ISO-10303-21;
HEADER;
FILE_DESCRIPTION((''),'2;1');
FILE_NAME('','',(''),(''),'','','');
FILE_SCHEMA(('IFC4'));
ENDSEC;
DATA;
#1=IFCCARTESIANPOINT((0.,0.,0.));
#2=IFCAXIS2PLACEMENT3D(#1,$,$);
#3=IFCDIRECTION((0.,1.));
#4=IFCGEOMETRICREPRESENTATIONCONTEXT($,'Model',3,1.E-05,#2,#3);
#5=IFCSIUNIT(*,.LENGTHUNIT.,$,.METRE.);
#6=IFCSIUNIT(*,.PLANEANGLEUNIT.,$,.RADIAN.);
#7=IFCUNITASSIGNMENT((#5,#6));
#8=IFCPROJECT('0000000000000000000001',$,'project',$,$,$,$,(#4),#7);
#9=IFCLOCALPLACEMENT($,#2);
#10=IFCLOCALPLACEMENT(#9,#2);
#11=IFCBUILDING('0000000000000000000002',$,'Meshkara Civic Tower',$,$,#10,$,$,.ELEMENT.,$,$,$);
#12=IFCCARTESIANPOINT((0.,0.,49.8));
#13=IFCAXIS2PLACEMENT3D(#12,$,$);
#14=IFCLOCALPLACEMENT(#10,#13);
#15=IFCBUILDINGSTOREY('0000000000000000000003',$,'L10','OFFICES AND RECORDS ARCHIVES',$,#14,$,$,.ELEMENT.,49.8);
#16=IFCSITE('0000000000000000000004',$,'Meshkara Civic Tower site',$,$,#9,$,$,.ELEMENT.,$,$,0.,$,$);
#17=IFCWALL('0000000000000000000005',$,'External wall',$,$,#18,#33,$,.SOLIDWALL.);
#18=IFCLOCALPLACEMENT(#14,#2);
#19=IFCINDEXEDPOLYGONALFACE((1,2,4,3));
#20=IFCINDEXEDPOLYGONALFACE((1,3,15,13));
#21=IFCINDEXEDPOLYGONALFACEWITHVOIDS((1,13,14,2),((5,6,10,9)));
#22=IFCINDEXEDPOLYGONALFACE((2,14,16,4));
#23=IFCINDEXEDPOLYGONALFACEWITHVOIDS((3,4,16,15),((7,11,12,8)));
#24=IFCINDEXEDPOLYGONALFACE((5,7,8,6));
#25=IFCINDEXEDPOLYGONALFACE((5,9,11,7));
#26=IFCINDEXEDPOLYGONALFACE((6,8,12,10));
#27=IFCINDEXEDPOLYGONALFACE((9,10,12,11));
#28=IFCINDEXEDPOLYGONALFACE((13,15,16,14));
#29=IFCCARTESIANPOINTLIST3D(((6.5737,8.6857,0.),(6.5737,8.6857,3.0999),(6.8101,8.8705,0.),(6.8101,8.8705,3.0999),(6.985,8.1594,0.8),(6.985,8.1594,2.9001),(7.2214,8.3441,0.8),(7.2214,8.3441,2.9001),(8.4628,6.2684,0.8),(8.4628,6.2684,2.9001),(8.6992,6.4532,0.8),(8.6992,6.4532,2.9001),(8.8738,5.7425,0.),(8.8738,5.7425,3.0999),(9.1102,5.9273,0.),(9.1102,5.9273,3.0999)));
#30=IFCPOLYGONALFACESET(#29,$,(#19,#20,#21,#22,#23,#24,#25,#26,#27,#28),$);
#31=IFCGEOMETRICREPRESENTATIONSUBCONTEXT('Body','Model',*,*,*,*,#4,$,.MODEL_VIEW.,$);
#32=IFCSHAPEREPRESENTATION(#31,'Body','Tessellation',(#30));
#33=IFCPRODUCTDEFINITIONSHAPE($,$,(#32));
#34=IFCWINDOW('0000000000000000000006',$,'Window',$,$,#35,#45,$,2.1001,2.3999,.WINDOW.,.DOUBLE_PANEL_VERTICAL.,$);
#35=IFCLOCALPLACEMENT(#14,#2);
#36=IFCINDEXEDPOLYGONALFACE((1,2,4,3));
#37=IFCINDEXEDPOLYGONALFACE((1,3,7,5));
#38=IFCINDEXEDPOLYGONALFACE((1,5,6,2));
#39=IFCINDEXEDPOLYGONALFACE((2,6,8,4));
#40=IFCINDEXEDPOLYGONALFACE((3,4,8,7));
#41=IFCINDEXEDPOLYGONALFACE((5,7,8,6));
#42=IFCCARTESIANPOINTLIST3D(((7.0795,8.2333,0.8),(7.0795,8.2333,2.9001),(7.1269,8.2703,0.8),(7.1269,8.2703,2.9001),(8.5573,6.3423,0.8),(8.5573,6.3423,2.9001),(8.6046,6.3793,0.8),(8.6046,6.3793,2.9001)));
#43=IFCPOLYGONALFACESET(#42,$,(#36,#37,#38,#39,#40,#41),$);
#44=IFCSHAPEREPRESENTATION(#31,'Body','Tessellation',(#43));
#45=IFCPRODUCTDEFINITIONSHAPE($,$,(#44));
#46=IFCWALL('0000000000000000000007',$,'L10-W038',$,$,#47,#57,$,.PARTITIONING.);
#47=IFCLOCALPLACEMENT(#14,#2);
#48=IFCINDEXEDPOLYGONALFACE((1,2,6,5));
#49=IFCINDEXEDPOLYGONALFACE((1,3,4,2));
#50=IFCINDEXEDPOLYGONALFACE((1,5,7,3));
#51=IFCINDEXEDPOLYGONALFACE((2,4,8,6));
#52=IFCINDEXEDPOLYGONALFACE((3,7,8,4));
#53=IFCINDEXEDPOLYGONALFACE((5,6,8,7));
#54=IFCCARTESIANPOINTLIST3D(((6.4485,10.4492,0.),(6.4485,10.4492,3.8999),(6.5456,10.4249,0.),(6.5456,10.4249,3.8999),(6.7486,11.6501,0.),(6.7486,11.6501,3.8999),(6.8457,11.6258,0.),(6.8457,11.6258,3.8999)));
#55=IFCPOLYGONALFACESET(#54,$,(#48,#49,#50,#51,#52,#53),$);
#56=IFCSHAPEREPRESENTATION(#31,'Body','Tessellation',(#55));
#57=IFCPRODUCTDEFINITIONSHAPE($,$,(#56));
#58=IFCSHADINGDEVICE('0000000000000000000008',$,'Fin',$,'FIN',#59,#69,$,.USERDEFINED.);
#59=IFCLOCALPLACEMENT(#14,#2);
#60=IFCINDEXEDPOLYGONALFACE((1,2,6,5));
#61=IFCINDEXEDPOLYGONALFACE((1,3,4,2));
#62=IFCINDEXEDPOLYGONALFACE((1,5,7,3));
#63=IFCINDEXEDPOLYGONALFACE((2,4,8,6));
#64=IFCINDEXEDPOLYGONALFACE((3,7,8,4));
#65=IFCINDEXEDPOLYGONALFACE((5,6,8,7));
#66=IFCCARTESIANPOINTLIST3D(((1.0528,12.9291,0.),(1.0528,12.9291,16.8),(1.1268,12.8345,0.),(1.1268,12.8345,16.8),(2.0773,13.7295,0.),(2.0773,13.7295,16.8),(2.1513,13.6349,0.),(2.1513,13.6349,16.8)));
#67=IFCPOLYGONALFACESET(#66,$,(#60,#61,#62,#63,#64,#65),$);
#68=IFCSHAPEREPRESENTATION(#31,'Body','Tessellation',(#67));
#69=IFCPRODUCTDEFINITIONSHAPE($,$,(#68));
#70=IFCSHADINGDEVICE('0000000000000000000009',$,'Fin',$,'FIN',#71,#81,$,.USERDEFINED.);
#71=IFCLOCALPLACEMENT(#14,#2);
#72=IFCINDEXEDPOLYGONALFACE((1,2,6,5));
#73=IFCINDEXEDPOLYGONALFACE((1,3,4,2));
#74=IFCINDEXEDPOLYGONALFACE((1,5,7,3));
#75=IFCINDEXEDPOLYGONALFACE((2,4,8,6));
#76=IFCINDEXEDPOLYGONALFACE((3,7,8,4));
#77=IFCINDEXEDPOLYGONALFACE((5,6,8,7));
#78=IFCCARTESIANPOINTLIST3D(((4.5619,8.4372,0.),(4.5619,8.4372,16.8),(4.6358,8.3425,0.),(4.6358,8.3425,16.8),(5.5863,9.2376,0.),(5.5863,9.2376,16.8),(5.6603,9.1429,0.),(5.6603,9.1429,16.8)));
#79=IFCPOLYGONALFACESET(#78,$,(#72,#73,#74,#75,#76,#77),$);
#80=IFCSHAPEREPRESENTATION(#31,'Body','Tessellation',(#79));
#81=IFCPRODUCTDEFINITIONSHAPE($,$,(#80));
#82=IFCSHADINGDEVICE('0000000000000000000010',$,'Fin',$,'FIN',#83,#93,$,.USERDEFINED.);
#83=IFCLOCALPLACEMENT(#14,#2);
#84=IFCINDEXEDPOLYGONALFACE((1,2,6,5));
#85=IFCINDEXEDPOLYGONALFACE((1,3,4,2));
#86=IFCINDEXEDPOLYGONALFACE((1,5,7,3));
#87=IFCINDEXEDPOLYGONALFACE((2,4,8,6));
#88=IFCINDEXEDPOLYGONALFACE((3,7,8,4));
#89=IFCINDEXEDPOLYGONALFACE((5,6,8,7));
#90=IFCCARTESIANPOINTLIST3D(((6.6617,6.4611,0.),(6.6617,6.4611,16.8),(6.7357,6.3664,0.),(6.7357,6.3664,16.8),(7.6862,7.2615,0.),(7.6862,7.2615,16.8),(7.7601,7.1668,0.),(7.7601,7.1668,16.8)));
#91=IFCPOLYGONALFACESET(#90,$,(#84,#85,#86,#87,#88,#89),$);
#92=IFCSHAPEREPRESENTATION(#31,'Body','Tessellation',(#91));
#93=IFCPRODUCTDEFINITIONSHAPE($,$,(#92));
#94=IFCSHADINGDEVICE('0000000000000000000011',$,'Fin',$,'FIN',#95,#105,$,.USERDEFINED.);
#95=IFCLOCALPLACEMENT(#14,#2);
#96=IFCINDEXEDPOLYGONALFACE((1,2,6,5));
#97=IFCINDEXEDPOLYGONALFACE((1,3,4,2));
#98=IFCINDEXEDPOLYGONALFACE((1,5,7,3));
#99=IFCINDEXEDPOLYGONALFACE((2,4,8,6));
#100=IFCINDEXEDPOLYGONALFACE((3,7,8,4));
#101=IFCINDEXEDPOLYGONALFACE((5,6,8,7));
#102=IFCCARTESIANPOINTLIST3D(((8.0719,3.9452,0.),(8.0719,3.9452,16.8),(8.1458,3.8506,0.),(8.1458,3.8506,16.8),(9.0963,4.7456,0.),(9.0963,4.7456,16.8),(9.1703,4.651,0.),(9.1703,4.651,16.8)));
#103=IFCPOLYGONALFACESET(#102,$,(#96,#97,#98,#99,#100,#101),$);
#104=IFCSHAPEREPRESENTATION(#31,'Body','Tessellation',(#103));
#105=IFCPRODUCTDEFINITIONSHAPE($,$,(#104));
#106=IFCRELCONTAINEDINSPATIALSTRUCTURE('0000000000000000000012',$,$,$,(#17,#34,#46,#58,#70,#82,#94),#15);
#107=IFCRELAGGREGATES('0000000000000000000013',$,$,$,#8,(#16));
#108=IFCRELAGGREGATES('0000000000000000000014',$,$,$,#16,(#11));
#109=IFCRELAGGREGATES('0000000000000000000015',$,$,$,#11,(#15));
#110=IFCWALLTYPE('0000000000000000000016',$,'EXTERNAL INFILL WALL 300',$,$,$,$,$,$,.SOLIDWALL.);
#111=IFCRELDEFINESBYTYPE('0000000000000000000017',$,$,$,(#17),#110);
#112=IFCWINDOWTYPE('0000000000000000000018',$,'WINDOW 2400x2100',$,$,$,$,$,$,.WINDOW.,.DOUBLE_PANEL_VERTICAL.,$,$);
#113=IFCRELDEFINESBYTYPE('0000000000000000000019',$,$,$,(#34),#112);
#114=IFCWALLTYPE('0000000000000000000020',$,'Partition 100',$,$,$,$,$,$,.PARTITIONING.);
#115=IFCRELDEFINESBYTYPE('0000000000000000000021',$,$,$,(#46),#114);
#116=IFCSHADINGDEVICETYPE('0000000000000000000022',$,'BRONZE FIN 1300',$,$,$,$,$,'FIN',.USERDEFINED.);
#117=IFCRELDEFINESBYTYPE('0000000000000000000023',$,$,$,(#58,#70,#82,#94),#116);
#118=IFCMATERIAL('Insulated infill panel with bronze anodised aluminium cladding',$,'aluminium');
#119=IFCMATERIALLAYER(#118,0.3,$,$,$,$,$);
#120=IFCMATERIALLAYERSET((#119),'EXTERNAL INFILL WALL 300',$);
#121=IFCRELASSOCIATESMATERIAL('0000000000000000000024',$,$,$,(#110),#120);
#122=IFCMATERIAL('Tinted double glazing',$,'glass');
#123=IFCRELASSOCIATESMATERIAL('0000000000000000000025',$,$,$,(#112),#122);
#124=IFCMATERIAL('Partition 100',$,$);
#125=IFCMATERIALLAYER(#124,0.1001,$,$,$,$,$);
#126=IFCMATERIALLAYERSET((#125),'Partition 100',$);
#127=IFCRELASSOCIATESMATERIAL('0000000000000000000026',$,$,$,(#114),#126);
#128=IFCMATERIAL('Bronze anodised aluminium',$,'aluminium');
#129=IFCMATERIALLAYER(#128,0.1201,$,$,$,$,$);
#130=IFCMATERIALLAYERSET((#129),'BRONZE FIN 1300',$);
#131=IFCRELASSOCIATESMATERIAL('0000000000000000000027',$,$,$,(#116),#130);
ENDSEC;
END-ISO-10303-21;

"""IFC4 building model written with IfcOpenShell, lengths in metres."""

from ifc_helpers import new_model, si_unit, direction, frame, frame_2d, origin, origin_2d, place, context, subcontext, project, spatial, rectangle, extrude, material, layer, layer_set, type_object, element, fill, save


model = new_model("IFC4")

# Units and contexts
model_context = context("Model", 3, precision=1e-05, world=origin(), true_north=direction((0.0, 1.0)))
body_context = subcontext(model_context, "Body", "Model", "MODEL_VIEW")
ifc_project = project(units=[si_unit("LENGTHUNIT", "METRE"), si_unit("PLANEANGLEUNIT", "RADIAN")], contexts=[model_context])

# Site, building, storey
site_placement = place(None, origin())
site = spatial("IfcSite", under=ifc_project, at=site_placement, Name="Meshkara Civic Tower site", CompositionType="ELEMENT", RefElevation=0.0)
building_placement = place(site_placement, origin())
building = spatial("IfcBuilding", under=site, at=building_placement, Name="Meshkara Civic Tower", CompositionType="ELEMENT")
storey_placement = place(building_placement, frame((0.0, 0.0, 49.8)))
storey = spatial("IfcBuildingStorey", under=building, at=storey_placement, Name="L10", Description="OFFICES AND RECORDS ARCHIVES", CompositionType="ELEMENT", Elevation=49.8)

# Wall, opening, window
ifc_material_1 = material(Name="Insulated infill panel with bronze anodised aluminium cladding", Category="aluminium")
ifc_layer_1 = layer(ifc_material_1, 0.3)
ifc_layer_set_1 = layer_set([ifc_layer_1], Name="EXTERNAL INFILL WALL 300")
wall_type_1 = type_object("IfcWallType", Name="EXTERNAL INFILL WALL 300", PredefinedType="SOLIDWALL", material=ifc_layer_set_1)
ifc_material_2 = material(Name="Tinted double glazing", Category="glass")
window_type = type_object("IfcWindowType", Name="WINDOW 2400x2100", PartitioningType="DOUBLE_PANEL_VERTICAL", PredefinedType="WINDOW", material=ifc_material_2)
wall_1_placement = place(storey_placement, frame((6.6919, 8.7781, 0.0), z_axis=(0.0, 0.0, 1.0), x_axis=(0.615767, -0.787928, 0.0)))
wall_1 = element("IfcWall", 1, at=wall_1_placement, inside=storey, type_object=wall_type_1, Name="External wall", PredefinedType="SOLIDWALL", context=body_context, shape_type="SweptSolid", body=[
    extrude(rectangle(XDim=3.7354, YDim=0.3, at=frame_2d((1.8677, 0.0))), origin(), (0.0, 0.0, 1.0), 3.0999),
])
opening_1_placement = place(wall_1_placement, frame((0.668, 0.0, 0.8)))
opening_1 = element("IfcOpeningElement", 2, at=opening_1_placement, cuts=wall_1, PredefinedType="OPENING", context=body_context, shape_type="SweptSolid", body=[
    extrude(rectangle(XDim=2.3999, YDim=2.1001, at=frame_2d((1.2, 1.05))), frame((0.0, 0.1599, 0.0), z_axis=(0.0, -1.0, 0.0), x_axis=(1.0, 0.0, 0.0)), (0.0, 0.0, 1.0), 0.3201),
])
window_1_placement = place(opening_1_placement, origin())
window_1 = element("IfcWindow", 3, at=window_1_placement, inside=storey, type_object=window_type, Name="Window", OverallHeight=2.1001, OverallWidth=2.3999, PartitioningType="DOUBLE_PANEL_VERTICAL", PredefinedType="WINDOW", context=body_context, shape_type="SweptSolid", body=[
    extrude(rectangle(XDim=2.3999, YDim=2.1001, at=frame_2d((1.2, 1.05))), frame((0.0, 0.03, 0.0), z_axis=(0.0, -1.0, 0.0), x_axis=(1.0, 0.0, 0.0)), (0.0, 0.0, 1.0), 0.0601),
])
fill(opening_1, window_1)

# Wall
ifc_material_3 = material(Name="Partition 100")
ifc_layer_2 = layer(ifc_material_3, 0.1001)
ifc_layer_set_2 = layer_set([ifc_layer_2], Name="Partition 100")
wall_type_2 = type_object("IfcWallType", Name="Partition 100", PredefinedType="PARTITIONING", material=ifc_layer_set_2)
wall_2_placement = place(storey_placement, frame((6.7971, 11.6379, 0.0), z_axis=(0.0, 0.0, 1.0), x_axis=(-0.242396, -0.970177, 0.0)))
element("IfcWall", 4, at=wall_2_placement, inside=storey, type_object=wall_type_2, Name="L10-W038", PredefinedType="PARTITIONING", context=body_context, shape_type="SweptSolid", body=[
    extrude(rectangle(XDim=1.2378, YDim=0.1001, at=frame_2d((0.6189, 0.0))), origin(), (0.0, 0.0, 1.0), 3.8999),
])

# Shading devices
ifc_material_4 = material(Name="Bronze anodised aluminium", Category="aluminium")
ifc_layer_3 = layer(ifc_material_4, 0.1201)
ifc_layer_set_3 = layer_set([ifc_layer_3], Name="BRONZE FIN 1300")
shading_device_type = type_object("IfcShadingDeviceType", Name="BRONZE FIN 1300", ElementType="FIN", PredefinedType="USERDEFINED", material=ifc_layer_set_3)
for number, where, z_axis, x_axis, name in (
    (5, (1.6021, 13.282, 0.0), (0.0, 0.0, 1.0), (0.615661, -0.788011, 0.0), "Fin"),
    (6, (5.1111, 8.79, 0.0), (0.0, 0.0, 1.0), (0.615661, -0.788011, 0.0), "Fin"),
    (7, (7.2109, 6.814, 0.0), (0.0, 0.0, 1.0), (0.615661, -0.788011, 0.0), "Fin"),
    (8, (8.6211, 4.2981, 0.0), (0.0, 0.0, 1.0), (0.615661, -0.788011, 0.0), "Fin"),
):
    element("IfcShadingDevice", number, at=place(storey_placement, frame(where, z_axis=z_axis, x_axis=x_axis)), inside=storey, type_object=shading_device_type, Name=name, ObjectType="FIN", PredefinedType="USERDEFINED", context=body_context, shape_type="SweptSolid", body=[
        extrude(rectangle(XDim=0.1201, YDim=1.3, at=origin_2d()), origin(), (0.0, 0.0, 1.0), 16.8),
    ])

save(model, "model.ifc")
